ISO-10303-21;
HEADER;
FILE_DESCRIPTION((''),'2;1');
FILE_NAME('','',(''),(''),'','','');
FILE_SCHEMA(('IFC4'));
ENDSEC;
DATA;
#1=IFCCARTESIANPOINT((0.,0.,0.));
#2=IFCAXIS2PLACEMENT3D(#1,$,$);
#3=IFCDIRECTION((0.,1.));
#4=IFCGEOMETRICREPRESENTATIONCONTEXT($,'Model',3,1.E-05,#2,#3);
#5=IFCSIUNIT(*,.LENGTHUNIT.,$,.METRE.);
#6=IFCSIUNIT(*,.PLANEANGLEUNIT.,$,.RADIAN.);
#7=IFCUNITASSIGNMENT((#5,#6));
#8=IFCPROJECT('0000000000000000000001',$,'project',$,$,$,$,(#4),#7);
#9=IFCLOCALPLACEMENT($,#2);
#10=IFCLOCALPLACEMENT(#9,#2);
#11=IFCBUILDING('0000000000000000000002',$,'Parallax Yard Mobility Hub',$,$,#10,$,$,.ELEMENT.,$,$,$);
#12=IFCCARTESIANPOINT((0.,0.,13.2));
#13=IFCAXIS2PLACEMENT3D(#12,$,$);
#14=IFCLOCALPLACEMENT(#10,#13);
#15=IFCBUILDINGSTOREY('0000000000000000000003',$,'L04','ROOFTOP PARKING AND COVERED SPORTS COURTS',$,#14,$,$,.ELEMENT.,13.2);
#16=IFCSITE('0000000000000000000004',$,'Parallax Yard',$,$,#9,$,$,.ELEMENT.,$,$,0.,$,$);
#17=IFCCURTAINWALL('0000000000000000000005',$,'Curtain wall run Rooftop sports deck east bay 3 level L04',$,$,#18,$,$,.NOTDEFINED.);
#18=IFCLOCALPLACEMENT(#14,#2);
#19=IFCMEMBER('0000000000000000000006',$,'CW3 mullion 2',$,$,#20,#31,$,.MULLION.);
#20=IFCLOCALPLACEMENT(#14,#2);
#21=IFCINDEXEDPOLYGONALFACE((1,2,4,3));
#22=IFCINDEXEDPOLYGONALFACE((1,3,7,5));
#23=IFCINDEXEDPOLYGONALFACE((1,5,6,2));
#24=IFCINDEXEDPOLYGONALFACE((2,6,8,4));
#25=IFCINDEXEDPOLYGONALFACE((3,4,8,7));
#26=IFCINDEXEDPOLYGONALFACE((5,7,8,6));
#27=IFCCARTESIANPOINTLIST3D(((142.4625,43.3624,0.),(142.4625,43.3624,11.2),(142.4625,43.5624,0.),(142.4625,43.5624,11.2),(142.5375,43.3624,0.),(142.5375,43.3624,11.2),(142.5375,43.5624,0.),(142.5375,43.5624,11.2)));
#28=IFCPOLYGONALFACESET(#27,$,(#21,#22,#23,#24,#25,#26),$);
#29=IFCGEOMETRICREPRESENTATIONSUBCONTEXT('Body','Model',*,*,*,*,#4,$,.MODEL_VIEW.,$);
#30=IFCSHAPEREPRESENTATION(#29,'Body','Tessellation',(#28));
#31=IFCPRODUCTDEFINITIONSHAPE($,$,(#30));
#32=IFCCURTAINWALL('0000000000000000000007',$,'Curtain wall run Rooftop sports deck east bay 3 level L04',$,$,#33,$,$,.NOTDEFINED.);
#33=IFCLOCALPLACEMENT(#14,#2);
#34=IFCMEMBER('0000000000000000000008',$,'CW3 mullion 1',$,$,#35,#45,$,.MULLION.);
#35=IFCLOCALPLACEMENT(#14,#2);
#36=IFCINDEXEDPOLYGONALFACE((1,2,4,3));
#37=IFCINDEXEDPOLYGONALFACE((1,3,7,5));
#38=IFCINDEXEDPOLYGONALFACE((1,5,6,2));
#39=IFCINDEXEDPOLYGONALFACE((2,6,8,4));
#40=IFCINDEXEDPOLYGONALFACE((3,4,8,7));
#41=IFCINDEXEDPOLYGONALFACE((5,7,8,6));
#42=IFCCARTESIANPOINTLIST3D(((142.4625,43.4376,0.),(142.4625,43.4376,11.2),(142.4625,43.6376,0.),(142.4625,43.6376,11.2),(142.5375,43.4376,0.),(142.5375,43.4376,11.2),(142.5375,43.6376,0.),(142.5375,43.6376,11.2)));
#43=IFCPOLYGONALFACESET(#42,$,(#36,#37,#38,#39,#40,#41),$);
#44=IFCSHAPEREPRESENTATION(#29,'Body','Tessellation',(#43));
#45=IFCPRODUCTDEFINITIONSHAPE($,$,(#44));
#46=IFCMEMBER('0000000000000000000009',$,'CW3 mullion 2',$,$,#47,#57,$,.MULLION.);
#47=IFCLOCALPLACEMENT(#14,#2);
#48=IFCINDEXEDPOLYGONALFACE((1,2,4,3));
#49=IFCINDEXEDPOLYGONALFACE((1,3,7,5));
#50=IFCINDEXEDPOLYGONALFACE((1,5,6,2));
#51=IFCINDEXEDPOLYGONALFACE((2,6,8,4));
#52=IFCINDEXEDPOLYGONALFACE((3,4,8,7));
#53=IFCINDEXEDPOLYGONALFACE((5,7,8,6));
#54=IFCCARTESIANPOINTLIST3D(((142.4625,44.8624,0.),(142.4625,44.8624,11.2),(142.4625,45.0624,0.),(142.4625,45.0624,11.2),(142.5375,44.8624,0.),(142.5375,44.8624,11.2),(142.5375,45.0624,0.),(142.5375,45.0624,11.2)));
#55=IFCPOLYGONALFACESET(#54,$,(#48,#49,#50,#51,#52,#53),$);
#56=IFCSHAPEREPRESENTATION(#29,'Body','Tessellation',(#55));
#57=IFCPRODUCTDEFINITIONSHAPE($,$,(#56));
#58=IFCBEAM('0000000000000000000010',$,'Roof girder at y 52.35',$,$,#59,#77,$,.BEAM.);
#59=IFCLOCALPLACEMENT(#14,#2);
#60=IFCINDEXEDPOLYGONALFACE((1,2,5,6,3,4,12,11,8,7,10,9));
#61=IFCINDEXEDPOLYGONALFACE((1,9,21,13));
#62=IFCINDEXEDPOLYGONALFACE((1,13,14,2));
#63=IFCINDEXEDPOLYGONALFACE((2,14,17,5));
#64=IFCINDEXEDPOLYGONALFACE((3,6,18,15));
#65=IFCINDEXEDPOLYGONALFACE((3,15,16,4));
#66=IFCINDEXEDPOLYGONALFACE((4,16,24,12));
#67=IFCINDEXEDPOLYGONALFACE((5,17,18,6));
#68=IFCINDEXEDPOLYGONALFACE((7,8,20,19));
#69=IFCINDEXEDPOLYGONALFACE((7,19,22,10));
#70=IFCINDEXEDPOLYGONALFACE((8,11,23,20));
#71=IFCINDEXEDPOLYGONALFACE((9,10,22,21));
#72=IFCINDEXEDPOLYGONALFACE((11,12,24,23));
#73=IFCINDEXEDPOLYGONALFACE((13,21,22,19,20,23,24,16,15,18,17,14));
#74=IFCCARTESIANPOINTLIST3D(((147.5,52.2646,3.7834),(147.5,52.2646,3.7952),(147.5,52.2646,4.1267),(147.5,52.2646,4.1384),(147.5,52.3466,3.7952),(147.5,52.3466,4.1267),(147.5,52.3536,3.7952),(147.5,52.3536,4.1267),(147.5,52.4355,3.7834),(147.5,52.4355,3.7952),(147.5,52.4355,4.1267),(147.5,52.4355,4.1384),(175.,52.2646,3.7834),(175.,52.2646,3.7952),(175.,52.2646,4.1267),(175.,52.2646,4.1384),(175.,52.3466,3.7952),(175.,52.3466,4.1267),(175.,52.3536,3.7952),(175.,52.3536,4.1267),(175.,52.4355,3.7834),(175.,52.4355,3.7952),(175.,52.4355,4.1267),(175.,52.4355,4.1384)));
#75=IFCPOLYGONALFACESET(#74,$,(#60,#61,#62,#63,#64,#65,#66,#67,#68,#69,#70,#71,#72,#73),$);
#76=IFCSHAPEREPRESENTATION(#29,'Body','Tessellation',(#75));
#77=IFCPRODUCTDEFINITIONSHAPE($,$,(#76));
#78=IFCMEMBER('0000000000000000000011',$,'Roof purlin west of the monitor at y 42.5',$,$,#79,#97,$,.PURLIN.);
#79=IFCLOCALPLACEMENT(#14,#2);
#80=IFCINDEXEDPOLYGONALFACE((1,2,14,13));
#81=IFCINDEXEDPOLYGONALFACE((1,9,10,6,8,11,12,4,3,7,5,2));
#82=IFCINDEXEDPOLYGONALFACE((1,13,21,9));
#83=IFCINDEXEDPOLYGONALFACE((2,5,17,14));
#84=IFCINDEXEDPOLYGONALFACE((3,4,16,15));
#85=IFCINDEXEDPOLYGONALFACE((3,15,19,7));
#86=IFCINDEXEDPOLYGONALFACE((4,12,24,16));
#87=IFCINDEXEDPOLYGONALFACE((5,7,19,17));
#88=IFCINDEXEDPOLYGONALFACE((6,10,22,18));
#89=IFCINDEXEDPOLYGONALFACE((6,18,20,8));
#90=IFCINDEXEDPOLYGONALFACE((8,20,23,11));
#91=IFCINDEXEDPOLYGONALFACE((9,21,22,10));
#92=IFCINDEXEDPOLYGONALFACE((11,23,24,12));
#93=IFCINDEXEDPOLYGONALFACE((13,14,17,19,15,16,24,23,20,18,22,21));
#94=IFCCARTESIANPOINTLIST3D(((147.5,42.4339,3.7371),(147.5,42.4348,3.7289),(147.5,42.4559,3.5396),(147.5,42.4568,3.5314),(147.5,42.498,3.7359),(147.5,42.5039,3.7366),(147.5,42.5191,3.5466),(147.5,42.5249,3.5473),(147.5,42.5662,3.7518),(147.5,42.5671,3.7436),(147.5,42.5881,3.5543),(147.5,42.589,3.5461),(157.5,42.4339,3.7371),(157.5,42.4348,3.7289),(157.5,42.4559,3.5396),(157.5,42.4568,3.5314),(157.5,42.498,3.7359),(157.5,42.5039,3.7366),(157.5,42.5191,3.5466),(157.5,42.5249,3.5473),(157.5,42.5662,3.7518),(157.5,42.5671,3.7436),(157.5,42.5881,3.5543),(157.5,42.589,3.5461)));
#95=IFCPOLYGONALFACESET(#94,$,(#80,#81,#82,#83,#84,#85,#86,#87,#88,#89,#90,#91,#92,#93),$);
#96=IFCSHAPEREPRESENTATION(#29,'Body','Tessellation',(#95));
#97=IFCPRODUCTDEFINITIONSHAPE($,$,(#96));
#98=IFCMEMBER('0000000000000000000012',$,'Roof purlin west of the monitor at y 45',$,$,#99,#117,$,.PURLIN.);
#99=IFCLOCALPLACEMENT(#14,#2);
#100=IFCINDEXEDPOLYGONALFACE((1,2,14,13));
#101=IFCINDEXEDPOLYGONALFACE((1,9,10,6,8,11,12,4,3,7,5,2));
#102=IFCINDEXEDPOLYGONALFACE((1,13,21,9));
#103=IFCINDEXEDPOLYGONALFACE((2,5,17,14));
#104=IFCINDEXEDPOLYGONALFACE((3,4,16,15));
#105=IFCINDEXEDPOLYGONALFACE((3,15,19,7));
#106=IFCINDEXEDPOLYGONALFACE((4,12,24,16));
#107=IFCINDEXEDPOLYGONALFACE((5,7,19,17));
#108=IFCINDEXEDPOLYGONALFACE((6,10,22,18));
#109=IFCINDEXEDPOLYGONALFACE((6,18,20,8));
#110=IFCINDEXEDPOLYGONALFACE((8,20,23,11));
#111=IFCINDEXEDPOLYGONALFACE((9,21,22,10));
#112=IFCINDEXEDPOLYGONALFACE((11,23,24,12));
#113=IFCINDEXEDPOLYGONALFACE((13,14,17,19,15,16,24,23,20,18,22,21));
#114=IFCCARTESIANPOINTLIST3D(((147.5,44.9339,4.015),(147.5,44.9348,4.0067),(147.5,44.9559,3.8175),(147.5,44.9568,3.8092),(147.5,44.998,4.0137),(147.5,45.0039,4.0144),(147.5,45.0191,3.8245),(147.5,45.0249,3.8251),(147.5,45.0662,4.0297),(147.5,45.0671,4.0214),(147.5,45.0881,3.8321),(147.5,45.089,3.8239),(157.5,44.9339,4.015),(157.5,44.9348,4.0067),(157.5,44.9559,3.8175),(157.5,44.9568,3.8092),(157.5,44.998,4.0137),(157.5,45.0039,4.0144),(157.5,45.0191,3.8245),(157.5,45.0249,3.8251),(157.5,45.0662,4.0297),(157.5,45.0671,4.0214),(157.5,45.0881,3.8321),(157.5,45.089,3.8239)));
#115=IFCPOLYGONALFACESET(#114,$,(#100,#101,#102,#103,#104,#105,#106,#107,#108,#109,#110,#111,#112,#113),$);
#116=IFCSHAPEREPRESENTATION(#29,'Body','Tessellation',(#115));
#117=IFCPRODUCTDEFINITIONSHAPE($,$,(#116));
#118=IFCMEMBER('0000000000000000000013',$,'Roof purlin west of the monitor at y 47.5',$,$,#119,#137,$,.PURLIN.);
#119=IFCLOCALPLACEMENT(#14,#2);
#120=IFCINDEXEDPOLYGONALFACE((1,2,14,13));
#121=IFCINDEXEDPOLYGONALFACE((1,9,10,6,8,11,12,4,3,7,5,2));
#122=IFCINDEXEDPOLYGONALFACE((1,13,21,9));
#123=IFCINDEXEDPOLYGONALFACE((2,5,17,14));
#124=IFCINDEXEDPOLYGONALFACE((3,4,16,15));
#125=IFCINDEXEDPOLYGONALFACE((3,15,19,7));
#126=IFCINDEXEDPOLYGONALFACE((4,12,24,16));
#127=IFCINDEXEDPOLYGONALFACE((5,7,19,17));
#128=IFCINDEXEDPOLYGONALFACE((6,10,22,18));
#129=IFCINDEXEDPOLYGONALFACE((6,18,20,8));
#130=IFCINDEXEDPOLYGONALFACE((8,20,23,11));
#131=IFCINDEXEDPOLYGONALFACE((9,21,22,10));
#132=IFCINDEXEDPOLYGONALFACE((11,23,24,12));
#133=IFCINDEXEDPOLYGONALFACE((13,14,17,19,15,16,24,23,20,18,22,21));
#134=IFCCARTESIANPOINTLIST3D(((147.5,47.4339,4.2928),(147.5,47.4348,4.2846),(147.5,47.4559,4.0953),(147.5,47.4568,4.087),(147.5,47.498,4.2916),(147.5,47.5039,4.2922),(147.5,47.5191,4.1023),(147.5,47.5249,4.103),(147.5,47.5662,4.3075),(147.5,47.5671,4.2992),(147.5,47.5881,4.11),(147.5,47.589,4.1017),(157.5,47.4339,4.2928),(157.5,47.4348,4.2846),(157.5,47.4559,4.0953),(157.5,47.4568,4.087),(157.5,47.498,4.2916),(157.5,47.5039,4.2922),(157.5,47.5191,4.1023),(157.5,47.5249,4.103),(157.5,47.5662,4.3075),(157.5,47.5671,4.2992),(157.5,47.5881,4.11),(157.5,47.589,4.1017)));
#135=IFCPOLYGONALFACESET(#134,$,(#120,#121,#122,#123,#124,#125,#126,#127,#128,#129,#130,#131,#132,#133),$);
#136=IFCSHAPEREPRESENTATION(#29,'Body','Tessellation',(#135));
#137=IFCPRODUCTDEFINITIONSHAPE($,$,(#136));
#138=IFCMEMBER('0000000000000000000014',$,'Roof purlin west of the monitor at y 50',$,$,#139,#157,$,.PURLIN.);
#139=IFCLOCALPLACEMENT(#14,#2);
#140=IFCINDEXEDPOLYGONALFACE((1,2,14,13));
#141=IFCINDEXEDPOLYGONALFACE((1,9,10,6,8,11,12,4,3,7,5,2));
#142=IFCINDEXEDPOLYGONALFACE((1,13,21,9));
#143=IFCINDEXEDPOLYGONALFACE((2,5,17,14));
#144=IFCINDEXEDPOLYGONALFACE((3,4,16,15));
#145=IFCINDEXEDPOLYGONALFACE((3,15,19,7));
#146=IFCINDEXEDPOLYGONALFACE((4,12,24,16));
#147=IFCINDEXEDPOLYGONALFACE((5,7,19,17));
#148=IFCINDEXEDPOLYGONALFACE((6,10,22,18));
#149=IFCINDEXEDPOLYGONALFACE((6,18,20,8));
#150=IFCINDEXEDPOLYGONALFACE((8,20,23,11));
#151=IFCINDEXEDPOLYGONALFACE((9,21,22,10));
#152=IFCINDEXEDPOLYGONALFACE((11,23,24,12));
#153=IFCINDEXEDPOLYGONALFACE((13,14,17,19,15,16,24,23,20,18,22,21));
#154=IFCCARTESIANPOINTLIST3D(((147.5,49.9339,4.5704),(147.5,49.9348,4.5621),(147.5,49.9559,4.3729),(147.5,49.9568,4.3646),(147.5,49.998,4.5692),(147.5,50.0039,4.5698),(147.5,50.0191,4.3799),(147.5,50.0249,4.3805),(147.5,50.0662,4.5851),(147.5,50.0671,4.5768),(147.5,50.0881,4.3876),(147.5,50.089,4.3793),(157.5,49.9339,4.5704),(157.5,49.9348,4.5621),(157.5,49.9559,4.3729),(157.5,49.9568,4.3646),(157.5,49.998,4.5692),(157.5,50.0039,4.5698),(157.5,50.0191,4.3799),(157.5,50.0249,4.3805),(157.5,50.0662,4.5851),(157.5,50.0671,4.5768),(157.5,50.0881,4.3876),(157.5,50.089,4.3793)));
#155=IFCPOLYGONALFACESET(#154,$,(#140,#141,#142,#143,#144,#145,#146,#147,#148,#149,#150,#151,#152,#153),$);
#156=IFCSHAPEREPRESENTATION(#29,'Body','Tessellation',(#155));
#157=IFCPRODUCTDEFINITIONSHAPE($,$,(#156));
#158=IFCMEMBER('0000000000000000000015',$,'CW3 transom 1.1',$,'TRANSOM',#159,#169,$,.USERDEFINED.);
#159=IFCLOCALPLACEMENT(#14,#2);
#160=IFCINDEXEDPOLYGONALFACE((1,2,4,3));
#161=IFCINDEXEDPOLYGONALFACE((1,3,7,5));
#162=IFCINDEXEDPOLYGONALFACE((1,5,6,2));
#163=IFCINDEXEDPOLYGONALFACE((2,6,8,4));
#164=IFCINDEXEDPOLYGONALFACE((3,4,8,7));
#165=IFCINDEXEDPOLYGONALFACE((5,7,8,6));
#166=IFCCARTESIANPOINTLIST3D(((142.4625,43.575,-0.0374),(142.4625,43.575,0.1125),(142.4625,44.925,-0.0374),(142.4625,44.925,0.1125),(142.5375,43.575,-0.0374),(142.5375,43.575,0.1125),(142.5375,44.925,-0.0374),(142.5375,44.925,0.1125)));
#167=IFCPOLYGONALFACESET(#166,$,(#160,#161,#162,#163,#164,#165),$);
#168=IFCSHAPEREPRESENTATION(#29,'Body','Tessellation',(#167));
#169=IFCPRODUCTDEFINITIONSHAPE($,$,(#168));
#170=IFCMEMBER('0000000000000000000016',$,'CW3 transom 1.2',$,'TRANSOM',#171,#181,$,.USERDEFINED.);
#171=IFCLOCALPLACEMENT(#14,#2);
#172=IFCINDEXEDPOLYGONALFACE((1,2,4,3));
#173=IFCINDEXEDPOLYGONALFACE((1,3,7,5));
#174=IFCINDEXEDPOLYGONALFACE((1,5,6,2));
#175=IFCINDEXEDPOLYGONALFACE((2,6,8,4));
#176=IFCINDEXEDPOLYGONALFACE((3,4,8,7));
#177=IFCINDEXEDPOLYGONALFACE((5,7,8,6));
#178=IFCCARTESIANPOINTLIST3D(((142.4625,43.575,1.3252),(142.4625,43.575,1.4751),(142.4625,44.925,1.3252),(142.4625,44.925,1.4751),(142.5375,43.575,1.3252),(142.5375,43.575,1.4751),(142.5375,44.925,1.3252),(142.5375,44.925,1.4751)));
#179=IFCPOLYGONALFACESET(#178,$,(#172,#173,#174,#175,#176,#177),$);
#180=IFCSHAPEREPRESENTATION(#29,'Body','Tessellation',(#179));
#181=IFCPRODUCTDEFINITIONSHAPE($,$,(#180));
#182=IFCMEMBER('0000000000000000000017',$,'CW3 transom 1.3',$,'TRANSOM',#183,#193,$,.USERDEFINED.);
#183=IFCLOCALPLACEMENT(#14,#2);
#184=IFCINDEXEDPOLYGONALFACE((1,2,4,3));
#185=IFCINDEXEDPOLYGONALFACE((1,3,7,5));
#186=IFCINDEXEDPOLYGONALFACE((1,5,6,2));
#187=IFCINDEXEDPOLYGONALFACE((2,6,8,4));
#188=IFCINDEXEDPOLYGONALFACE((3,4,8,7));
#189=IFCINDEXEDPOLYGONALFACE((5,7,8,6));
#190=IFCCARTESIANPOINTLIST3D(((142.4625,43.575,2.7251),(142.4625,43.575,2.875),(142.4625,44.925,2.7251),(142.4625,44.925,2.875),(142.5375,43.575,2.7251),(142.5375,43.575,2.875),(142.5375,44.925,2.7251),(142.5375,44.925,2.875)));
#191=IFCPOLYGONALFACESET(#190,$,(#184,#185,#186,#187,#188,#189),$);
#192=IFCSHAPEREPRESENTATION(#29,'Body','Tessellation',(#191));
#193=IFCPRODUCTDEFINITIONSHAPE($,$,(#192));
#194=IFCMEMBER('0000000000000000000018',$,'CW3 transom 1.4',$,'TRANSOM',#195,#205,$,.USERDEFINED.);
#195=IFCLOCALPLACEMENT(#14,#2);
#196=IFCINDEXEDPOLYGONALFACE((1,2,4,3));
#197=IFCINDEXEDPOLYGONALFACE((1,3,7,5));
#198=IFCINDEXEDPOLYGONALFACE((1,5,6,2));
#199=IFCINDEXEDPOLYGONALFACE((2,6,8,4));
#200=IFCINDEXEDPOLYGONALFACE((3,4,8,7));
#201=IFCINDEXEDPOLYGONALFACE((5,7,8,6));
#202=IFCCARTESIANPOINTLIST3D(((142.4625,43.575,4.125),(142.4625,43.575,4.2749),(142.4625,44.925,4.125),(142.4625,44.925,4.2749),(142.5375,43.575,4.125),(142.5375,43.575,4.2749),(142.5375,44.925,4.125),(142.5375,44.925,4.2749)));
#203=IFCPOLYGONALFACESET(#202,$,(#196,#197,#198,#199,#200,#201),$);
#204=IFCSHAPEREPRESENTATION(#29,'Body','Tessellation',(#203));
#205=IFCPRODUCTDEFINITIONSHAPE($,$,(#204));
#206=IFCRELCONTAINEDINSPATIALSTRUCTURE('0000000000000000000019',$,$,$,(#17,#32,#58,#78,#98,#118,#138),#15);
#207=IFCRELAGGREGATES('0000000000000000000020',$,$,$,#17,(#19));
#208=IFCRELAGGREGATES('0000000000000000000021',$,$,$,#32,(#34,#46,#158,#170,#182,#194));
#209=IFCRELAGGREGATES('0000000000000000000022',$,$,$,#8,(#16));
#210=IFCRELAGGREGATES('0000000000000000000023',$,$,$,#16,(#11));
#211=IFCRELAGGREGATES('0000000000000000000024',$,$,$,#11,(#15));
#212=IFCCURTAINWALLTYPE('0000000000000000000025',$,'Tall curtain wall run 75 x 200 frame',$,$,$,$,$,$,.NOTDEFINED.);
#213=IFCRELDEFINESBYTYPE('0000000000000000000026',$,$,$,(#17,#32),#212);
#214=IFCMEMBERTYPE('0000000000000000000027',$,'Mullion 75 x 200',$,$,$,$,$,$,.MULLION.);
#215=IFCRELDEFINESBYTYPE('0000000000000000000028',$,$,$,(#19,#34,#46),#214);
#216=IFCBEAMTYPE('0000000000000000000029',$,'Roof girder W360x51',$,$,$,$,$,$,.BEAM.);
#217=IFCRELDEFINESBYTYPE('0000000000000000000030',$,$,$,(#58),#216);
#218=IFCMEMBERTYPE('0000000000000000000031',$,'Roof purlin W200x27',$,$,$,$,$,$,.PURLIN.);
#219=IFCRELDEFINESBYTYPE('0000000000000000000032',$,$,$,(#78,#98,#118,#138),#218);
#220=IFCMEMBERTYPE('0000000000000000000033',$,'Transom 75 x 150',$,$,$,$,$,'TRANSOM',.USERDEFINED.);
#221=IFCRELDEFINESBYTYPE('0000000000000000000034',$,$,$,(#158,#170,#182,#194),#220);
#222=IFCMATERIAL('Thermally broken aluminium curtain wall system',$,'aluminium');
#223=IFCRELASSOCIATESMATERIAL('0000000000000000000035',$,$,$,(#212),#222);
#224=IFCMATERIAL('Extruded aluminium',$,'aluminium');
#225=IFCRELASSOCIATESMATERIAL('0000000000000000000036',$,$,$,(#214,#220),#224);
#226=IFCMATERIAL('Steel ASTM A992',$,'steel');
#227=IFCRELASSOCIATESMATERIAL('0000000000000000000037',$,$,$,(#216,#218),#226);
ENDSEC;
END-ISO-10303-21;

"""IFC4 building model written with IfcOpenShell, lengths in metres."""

from ifc_helpers import new_model, si_unit, direction, frame, origin, origin_2d, place, context, subcontext, project, spatial, rectangle, i_section, extrude, material, material_profile, profile_set, type_object, element, aggregate, save


model = new_model("IFC4")

# Units and contexts
model_context = context("Model", 3, precision=1e-05, world=origin(), true_north=direction((0.0, 1.0)))
body_context = subcontext(model_context, "Body", "Model", "MODEL_VIEW")
ifc_project = project(units=[si_unit("LENGTHUNIT", "METRE"), si_unit("PLANEANGLEUNIT", "RADIAN")], contexts=[model_context])

# Site, building, storey
site_placement = place(None, origin())
site = spatial("IfcSite", under=ifc_project, at=site_placement, Name="Parallax Yard", CompositionType="ELEMENT", RefElevation=0.0)
building_placement = place(site_placement, origin())
building = spatial("IfcBuilding", under=site, at=building_placement, Name="Parallax Yard Mobility Hub", CompositionType="ELEMENT")
storey_placement = place(building_placement, frame((0.0, 0.0, 13.2)))
storey = spatial("IfcBuildingStorey", under=building, at=storey_placement, Name="L04", Description="ROOFTOP PARKING AND COVERED SPORTS COURTS", CompositionType="ELEMENT", Elevation=13.2)

# Curtain wall, member
ifc_material_1 = material(Name="Thermally broken aluminium curtain wall system", Category="aluminium")
curtain_wall_type = type_object("IfcCurtainWallType", Name="Tall curtain wall run 75 x 200 frame", PredefinedType="NOTDEFINED", material=ifc_material_1)
curtain_wall_1_placement = place(storey_placement, origin())
curtain_wall_1 = element("IfcCurtainWall", 1, at=curtain_wall_1_placement, inside=storey, type_object=curtain_wall_type, Name="Curtain wall run Rooftop sports deck east bay 3 level L04", PredefinedType="NOTDEFINED")
ifc_material_2 = material(Name="Extruded aluminium", Category="aluminium")
ifc_material_profile_1 = material_profile(ifc_material_2, rectangle(XDim=0.075, YDim=0.2, at=origin_2d()), Name="Mullion 75 x 200")
ifc_profile_set_1 = profile_set([ifc_material_profile_1], Name="Extruded aluminium")
member_type_1 = type_object("IfcMemberType", Name="Mullion 75 x 200", PredefinedType="MULLION", material=ifc_profile_set_1)
member_1_placement = place(storey_placement, frame((142.5, 43.4624, 0.0), z_axis=(0.0, 0.0, 1.0), x_axis=(-1.0, 0.0, 0.0)))
member_1 = element("IfcMember", 2, at=member_1_placement, type_object=member_type_1, Name="CW3 mullion 2", PredefinedType="MULLION", context=body_context, shape_type="SweptSolid", body=[
    extrude(rectangle(XDim=0.075, YDim=0.2, at=origin_2d()), origin(), (0.0, 0.0, 1.0), 11.2),
])

# Curtain wall, members
curtain_wall_2_placement = place(storey_placement, origin())
curtain_wall_2 = element("IfcCurtainWall", 3, at=curtain_wall_2_placement, inside=storey, type_object=curtain_wall_type, Name="Curtain wall run Rooftop sports deck east bay 3 level L04", PredefinedType="NOTDEFINED")
member_2_placement = place(storey_placement, frame((142.5, 43.5376, 0.0), z_axis=(0.0, 0.0, 1.0), x_axis=(-1.0, 0.0, 0.0)))
member_2 = element("IfcMember", 4, at=member_2_placement, type_object=member_type_1, Name="CW3 mullion 1", PredefinedType="MULLION", context=body_context, shape_type="SweptSolid", body=[
    extrude(rectangle(XDim=0.075, YDim=0.2, at=origin_2d()), origin(), (0.0, 0.0, 1.0), 11.2),
])
member_3_placement = place(storey_placement, frame((142.5, 44.9624, 0.0), z_axis=(0.0, 0.0, 1.0), x_axis=(-1.0, 0.0, 0.0)))
member_3 = element("IfcMember", 5, at=member_3_placement, type_object=member_type_1, Name="CW3 mullion 2", PredefinedType="MULLION", context=body_context, shape_type="SweptSolid", body=[
    extrude(rectangle(XDim=0.075, YDim=0.2, at=origin_2d()), origin(), (0.0, 0.0, 1.0), 11.2),
])

# Beam
ifc_material_3 = material(Name="Steel ASTM A992", Category="steel")
ifc_material_profile_2 = material_profile(ifc_material_3, i_section(OverallWidth=0.1709, OverallDepth=0.355, WebThickness=0.0071, FlangeThickness=0.0117, at=origin_2d()), Name="W360x51")
ifc_profile_set_2 = profile_set([ifc_material_profile_2], Name="Steel ASTM A992")
beam_type = type_object("IfcBeamType", Name="Roof girder W360x51", PredefinedType="BEAM", material=ifc_profile_set_2)
beam_placement = place(storey_placement, frame((147.5, 52.3501, 3.9609), z_axis=(1.0, 0.0, 0.0), x_axis=(0.0, 1.0, 0.0)))
element("IfcBeam", 6, at=beam_placement, inside=storey, type_object=beam_type, Name="Roof girder at y 52.35", PredefinedType="BEAM", context=body_context, shape_type="SweptSolid", body=[
    extrude(i_section(OverallWidth=0.1709, OverallDepth=0.355, WebThickness=0.0071, FlangeThickness=0.0117, at=origin_2d()), origin(), (0.0, 0.0, 1.0), 27.5),
])

# Members
ifc_material_profile_3 = material_profile(ifc_material_3, i_section(OverallWidth=0.1331, OverallDepth=0.207, WebThickness=0.0059, FlangeThickness=0.0083, at=origin_2d()), Name="W200x27")
ifc_profile_set_3 = profile_set([ifc_material_profile_3], Name="Steel ASTM A992")
member_type_2 = type_object("IfcMemberType", Name="Roof purlin W200x27", PredefinedType="PURLIN", material=ifc_profile_set_3)
for number, where, z_axis, x_axis, name in (
    (7, (147.5, 42.5115, 3.6416), (1.0, 0.0, 0.0), (0.0, 0.993884, 0.110432), "Roof purlin west of the monitor at y 42.5"),
    (8, (147.5, 45.0115, 3.9194), (1.0, 0.0, 0.0), (0.0, 0.993884, 0.110432), "Roof purlin west of the monitor at y 45"),
    (9, (147.5, 47.5115, 4.1973), (1.0, 0.0, 0.0), (0.0, 0.993884, 0.110432), "Roof purlin west of the monitor at y 47.5"),
    (10, (147.5, 50.0115, 4.4749), (1.0, 0.0, 0.0), (0.0, 0.993884, 0.110432), "Roof purlin west of the monitor at y 50"),
):
    element("IfcMember", number, at=place(storey_placement, frame(where, z_axis=z_axis, x_axis=x_axis)), inside=storey, type_object=member_type_2, Name=name, PredefinedType="PURLIN", context=body_context, shape_type="SweptSolid", body=[
        extrude(i_section(OverallWidth=0.1331, OverallDepth=0.207, WebThickness=0.0059, FlangeThickness=0.0083, at=origin_2d()), origin(), (0.0, 0.0, 1.0), 10.0),
    ])

# Members
ifc_material_profile_4 = material_profile(ifc_material_2, rectangle(XDim=0.075, YDim=0.1499, at=origin_2d()), Name="Transom 75 x 150")
ifc_profile_set_4 = profile_set([ifc_material_profile_4], Name="Extruded aluminium")
member_type_3 = type_object("IfcMemberType", Name="Transom 75 x 150", ElementType="TRANSOM", PredefinedType="USERDEFINED", material=ifc_profile_set_4)
member_4_placement = place(storey_placement, frame((142.5, 43.575, 0.0376), z_axis=(0.0, 1.0, 0.0), x_axis=(-1.0, 0.0, 0.0)))
member_4 = element("IfcMember", 11, at=member_4_placement, type_object=member_type_3, Name="CW3 transom 1.1", ObjectType="TRANSOM", PredefinedType="USERDEFINED", context=body_context, shape_type="SweptSolid", body=[
    extrude(rectangle(XDim=0.075, YDim=0.1499, at=origin_2d()), origin(), (0.0, 0.0, 1.0), 1.3501),
])
member_5_placement = place(storey_placement, frame((142.5, 43.575, 1.4001), z_axis=(0.0, 1.0, 0.0), x_axis=(-1.0, 0.0, 0.0)))
member_5 = element("IfcMember", 12, at=member_5_placement, type_object=member_type_3, Name="CW3 transom 1.2", ObjectType="TRANSOM", PredefinedType="USERDEFINED", context=body_context, shape_type="SweptSolid", body=[
    extrude(rectangle(XDim=0.075, YDim=0.1499, at=origin_2d()), origin(), (0.0, 0.0, 1.0), 1.3501),
])
member_6_placement = place(storey_placement, frame((142.5, 43.575, 2.8), z_axis=(0.0, 1.0, 0.0), x_axis=(-1.0, 0.0, 0.0)))
member_6 = element("IfcMember", 13, at=member_6_placement, type_object=member_type_3, Name="CW3 transom 1.3", ObjectType="TRANSOM", PredefinedType="USERDEFINED", context=body_context, shape_type="SweptSolid", body=[
    extrude(rectangle(XDim=0.075, YDim=0.1499, at=origin_2d()), origin(), (0.0, 0.0, 1.0), 1.3501),
])
member_7_placement = place(storey_placement, frame((142.5, 43.575, 4.2), z_axis=(0.0, 1.0, 0.0), x_axis=(-1.0, 0.0, 0.0)))
member_7 = element("IfcMember", 14, at=member_7_placement, type_object=member_type_3, Name="CW3 transom 1.4", ObjectType="TRANSOM", PredefinedType="USERDEFINED", context=body_context, shape_type="SweptSolid", body=[
    extrude(rectangle(XDim=0.075, YDim=0.1499, at=origin_2d()), origin(), (0.0, 0.0, 1.0), 1.3501),
])

aggregate(curtain_wall_1, [member_1])
aggregate(curtain_wall_2, [member_2, member_3, member_4, member_5, member_6, member_7])

save(model, "model.ifc")
